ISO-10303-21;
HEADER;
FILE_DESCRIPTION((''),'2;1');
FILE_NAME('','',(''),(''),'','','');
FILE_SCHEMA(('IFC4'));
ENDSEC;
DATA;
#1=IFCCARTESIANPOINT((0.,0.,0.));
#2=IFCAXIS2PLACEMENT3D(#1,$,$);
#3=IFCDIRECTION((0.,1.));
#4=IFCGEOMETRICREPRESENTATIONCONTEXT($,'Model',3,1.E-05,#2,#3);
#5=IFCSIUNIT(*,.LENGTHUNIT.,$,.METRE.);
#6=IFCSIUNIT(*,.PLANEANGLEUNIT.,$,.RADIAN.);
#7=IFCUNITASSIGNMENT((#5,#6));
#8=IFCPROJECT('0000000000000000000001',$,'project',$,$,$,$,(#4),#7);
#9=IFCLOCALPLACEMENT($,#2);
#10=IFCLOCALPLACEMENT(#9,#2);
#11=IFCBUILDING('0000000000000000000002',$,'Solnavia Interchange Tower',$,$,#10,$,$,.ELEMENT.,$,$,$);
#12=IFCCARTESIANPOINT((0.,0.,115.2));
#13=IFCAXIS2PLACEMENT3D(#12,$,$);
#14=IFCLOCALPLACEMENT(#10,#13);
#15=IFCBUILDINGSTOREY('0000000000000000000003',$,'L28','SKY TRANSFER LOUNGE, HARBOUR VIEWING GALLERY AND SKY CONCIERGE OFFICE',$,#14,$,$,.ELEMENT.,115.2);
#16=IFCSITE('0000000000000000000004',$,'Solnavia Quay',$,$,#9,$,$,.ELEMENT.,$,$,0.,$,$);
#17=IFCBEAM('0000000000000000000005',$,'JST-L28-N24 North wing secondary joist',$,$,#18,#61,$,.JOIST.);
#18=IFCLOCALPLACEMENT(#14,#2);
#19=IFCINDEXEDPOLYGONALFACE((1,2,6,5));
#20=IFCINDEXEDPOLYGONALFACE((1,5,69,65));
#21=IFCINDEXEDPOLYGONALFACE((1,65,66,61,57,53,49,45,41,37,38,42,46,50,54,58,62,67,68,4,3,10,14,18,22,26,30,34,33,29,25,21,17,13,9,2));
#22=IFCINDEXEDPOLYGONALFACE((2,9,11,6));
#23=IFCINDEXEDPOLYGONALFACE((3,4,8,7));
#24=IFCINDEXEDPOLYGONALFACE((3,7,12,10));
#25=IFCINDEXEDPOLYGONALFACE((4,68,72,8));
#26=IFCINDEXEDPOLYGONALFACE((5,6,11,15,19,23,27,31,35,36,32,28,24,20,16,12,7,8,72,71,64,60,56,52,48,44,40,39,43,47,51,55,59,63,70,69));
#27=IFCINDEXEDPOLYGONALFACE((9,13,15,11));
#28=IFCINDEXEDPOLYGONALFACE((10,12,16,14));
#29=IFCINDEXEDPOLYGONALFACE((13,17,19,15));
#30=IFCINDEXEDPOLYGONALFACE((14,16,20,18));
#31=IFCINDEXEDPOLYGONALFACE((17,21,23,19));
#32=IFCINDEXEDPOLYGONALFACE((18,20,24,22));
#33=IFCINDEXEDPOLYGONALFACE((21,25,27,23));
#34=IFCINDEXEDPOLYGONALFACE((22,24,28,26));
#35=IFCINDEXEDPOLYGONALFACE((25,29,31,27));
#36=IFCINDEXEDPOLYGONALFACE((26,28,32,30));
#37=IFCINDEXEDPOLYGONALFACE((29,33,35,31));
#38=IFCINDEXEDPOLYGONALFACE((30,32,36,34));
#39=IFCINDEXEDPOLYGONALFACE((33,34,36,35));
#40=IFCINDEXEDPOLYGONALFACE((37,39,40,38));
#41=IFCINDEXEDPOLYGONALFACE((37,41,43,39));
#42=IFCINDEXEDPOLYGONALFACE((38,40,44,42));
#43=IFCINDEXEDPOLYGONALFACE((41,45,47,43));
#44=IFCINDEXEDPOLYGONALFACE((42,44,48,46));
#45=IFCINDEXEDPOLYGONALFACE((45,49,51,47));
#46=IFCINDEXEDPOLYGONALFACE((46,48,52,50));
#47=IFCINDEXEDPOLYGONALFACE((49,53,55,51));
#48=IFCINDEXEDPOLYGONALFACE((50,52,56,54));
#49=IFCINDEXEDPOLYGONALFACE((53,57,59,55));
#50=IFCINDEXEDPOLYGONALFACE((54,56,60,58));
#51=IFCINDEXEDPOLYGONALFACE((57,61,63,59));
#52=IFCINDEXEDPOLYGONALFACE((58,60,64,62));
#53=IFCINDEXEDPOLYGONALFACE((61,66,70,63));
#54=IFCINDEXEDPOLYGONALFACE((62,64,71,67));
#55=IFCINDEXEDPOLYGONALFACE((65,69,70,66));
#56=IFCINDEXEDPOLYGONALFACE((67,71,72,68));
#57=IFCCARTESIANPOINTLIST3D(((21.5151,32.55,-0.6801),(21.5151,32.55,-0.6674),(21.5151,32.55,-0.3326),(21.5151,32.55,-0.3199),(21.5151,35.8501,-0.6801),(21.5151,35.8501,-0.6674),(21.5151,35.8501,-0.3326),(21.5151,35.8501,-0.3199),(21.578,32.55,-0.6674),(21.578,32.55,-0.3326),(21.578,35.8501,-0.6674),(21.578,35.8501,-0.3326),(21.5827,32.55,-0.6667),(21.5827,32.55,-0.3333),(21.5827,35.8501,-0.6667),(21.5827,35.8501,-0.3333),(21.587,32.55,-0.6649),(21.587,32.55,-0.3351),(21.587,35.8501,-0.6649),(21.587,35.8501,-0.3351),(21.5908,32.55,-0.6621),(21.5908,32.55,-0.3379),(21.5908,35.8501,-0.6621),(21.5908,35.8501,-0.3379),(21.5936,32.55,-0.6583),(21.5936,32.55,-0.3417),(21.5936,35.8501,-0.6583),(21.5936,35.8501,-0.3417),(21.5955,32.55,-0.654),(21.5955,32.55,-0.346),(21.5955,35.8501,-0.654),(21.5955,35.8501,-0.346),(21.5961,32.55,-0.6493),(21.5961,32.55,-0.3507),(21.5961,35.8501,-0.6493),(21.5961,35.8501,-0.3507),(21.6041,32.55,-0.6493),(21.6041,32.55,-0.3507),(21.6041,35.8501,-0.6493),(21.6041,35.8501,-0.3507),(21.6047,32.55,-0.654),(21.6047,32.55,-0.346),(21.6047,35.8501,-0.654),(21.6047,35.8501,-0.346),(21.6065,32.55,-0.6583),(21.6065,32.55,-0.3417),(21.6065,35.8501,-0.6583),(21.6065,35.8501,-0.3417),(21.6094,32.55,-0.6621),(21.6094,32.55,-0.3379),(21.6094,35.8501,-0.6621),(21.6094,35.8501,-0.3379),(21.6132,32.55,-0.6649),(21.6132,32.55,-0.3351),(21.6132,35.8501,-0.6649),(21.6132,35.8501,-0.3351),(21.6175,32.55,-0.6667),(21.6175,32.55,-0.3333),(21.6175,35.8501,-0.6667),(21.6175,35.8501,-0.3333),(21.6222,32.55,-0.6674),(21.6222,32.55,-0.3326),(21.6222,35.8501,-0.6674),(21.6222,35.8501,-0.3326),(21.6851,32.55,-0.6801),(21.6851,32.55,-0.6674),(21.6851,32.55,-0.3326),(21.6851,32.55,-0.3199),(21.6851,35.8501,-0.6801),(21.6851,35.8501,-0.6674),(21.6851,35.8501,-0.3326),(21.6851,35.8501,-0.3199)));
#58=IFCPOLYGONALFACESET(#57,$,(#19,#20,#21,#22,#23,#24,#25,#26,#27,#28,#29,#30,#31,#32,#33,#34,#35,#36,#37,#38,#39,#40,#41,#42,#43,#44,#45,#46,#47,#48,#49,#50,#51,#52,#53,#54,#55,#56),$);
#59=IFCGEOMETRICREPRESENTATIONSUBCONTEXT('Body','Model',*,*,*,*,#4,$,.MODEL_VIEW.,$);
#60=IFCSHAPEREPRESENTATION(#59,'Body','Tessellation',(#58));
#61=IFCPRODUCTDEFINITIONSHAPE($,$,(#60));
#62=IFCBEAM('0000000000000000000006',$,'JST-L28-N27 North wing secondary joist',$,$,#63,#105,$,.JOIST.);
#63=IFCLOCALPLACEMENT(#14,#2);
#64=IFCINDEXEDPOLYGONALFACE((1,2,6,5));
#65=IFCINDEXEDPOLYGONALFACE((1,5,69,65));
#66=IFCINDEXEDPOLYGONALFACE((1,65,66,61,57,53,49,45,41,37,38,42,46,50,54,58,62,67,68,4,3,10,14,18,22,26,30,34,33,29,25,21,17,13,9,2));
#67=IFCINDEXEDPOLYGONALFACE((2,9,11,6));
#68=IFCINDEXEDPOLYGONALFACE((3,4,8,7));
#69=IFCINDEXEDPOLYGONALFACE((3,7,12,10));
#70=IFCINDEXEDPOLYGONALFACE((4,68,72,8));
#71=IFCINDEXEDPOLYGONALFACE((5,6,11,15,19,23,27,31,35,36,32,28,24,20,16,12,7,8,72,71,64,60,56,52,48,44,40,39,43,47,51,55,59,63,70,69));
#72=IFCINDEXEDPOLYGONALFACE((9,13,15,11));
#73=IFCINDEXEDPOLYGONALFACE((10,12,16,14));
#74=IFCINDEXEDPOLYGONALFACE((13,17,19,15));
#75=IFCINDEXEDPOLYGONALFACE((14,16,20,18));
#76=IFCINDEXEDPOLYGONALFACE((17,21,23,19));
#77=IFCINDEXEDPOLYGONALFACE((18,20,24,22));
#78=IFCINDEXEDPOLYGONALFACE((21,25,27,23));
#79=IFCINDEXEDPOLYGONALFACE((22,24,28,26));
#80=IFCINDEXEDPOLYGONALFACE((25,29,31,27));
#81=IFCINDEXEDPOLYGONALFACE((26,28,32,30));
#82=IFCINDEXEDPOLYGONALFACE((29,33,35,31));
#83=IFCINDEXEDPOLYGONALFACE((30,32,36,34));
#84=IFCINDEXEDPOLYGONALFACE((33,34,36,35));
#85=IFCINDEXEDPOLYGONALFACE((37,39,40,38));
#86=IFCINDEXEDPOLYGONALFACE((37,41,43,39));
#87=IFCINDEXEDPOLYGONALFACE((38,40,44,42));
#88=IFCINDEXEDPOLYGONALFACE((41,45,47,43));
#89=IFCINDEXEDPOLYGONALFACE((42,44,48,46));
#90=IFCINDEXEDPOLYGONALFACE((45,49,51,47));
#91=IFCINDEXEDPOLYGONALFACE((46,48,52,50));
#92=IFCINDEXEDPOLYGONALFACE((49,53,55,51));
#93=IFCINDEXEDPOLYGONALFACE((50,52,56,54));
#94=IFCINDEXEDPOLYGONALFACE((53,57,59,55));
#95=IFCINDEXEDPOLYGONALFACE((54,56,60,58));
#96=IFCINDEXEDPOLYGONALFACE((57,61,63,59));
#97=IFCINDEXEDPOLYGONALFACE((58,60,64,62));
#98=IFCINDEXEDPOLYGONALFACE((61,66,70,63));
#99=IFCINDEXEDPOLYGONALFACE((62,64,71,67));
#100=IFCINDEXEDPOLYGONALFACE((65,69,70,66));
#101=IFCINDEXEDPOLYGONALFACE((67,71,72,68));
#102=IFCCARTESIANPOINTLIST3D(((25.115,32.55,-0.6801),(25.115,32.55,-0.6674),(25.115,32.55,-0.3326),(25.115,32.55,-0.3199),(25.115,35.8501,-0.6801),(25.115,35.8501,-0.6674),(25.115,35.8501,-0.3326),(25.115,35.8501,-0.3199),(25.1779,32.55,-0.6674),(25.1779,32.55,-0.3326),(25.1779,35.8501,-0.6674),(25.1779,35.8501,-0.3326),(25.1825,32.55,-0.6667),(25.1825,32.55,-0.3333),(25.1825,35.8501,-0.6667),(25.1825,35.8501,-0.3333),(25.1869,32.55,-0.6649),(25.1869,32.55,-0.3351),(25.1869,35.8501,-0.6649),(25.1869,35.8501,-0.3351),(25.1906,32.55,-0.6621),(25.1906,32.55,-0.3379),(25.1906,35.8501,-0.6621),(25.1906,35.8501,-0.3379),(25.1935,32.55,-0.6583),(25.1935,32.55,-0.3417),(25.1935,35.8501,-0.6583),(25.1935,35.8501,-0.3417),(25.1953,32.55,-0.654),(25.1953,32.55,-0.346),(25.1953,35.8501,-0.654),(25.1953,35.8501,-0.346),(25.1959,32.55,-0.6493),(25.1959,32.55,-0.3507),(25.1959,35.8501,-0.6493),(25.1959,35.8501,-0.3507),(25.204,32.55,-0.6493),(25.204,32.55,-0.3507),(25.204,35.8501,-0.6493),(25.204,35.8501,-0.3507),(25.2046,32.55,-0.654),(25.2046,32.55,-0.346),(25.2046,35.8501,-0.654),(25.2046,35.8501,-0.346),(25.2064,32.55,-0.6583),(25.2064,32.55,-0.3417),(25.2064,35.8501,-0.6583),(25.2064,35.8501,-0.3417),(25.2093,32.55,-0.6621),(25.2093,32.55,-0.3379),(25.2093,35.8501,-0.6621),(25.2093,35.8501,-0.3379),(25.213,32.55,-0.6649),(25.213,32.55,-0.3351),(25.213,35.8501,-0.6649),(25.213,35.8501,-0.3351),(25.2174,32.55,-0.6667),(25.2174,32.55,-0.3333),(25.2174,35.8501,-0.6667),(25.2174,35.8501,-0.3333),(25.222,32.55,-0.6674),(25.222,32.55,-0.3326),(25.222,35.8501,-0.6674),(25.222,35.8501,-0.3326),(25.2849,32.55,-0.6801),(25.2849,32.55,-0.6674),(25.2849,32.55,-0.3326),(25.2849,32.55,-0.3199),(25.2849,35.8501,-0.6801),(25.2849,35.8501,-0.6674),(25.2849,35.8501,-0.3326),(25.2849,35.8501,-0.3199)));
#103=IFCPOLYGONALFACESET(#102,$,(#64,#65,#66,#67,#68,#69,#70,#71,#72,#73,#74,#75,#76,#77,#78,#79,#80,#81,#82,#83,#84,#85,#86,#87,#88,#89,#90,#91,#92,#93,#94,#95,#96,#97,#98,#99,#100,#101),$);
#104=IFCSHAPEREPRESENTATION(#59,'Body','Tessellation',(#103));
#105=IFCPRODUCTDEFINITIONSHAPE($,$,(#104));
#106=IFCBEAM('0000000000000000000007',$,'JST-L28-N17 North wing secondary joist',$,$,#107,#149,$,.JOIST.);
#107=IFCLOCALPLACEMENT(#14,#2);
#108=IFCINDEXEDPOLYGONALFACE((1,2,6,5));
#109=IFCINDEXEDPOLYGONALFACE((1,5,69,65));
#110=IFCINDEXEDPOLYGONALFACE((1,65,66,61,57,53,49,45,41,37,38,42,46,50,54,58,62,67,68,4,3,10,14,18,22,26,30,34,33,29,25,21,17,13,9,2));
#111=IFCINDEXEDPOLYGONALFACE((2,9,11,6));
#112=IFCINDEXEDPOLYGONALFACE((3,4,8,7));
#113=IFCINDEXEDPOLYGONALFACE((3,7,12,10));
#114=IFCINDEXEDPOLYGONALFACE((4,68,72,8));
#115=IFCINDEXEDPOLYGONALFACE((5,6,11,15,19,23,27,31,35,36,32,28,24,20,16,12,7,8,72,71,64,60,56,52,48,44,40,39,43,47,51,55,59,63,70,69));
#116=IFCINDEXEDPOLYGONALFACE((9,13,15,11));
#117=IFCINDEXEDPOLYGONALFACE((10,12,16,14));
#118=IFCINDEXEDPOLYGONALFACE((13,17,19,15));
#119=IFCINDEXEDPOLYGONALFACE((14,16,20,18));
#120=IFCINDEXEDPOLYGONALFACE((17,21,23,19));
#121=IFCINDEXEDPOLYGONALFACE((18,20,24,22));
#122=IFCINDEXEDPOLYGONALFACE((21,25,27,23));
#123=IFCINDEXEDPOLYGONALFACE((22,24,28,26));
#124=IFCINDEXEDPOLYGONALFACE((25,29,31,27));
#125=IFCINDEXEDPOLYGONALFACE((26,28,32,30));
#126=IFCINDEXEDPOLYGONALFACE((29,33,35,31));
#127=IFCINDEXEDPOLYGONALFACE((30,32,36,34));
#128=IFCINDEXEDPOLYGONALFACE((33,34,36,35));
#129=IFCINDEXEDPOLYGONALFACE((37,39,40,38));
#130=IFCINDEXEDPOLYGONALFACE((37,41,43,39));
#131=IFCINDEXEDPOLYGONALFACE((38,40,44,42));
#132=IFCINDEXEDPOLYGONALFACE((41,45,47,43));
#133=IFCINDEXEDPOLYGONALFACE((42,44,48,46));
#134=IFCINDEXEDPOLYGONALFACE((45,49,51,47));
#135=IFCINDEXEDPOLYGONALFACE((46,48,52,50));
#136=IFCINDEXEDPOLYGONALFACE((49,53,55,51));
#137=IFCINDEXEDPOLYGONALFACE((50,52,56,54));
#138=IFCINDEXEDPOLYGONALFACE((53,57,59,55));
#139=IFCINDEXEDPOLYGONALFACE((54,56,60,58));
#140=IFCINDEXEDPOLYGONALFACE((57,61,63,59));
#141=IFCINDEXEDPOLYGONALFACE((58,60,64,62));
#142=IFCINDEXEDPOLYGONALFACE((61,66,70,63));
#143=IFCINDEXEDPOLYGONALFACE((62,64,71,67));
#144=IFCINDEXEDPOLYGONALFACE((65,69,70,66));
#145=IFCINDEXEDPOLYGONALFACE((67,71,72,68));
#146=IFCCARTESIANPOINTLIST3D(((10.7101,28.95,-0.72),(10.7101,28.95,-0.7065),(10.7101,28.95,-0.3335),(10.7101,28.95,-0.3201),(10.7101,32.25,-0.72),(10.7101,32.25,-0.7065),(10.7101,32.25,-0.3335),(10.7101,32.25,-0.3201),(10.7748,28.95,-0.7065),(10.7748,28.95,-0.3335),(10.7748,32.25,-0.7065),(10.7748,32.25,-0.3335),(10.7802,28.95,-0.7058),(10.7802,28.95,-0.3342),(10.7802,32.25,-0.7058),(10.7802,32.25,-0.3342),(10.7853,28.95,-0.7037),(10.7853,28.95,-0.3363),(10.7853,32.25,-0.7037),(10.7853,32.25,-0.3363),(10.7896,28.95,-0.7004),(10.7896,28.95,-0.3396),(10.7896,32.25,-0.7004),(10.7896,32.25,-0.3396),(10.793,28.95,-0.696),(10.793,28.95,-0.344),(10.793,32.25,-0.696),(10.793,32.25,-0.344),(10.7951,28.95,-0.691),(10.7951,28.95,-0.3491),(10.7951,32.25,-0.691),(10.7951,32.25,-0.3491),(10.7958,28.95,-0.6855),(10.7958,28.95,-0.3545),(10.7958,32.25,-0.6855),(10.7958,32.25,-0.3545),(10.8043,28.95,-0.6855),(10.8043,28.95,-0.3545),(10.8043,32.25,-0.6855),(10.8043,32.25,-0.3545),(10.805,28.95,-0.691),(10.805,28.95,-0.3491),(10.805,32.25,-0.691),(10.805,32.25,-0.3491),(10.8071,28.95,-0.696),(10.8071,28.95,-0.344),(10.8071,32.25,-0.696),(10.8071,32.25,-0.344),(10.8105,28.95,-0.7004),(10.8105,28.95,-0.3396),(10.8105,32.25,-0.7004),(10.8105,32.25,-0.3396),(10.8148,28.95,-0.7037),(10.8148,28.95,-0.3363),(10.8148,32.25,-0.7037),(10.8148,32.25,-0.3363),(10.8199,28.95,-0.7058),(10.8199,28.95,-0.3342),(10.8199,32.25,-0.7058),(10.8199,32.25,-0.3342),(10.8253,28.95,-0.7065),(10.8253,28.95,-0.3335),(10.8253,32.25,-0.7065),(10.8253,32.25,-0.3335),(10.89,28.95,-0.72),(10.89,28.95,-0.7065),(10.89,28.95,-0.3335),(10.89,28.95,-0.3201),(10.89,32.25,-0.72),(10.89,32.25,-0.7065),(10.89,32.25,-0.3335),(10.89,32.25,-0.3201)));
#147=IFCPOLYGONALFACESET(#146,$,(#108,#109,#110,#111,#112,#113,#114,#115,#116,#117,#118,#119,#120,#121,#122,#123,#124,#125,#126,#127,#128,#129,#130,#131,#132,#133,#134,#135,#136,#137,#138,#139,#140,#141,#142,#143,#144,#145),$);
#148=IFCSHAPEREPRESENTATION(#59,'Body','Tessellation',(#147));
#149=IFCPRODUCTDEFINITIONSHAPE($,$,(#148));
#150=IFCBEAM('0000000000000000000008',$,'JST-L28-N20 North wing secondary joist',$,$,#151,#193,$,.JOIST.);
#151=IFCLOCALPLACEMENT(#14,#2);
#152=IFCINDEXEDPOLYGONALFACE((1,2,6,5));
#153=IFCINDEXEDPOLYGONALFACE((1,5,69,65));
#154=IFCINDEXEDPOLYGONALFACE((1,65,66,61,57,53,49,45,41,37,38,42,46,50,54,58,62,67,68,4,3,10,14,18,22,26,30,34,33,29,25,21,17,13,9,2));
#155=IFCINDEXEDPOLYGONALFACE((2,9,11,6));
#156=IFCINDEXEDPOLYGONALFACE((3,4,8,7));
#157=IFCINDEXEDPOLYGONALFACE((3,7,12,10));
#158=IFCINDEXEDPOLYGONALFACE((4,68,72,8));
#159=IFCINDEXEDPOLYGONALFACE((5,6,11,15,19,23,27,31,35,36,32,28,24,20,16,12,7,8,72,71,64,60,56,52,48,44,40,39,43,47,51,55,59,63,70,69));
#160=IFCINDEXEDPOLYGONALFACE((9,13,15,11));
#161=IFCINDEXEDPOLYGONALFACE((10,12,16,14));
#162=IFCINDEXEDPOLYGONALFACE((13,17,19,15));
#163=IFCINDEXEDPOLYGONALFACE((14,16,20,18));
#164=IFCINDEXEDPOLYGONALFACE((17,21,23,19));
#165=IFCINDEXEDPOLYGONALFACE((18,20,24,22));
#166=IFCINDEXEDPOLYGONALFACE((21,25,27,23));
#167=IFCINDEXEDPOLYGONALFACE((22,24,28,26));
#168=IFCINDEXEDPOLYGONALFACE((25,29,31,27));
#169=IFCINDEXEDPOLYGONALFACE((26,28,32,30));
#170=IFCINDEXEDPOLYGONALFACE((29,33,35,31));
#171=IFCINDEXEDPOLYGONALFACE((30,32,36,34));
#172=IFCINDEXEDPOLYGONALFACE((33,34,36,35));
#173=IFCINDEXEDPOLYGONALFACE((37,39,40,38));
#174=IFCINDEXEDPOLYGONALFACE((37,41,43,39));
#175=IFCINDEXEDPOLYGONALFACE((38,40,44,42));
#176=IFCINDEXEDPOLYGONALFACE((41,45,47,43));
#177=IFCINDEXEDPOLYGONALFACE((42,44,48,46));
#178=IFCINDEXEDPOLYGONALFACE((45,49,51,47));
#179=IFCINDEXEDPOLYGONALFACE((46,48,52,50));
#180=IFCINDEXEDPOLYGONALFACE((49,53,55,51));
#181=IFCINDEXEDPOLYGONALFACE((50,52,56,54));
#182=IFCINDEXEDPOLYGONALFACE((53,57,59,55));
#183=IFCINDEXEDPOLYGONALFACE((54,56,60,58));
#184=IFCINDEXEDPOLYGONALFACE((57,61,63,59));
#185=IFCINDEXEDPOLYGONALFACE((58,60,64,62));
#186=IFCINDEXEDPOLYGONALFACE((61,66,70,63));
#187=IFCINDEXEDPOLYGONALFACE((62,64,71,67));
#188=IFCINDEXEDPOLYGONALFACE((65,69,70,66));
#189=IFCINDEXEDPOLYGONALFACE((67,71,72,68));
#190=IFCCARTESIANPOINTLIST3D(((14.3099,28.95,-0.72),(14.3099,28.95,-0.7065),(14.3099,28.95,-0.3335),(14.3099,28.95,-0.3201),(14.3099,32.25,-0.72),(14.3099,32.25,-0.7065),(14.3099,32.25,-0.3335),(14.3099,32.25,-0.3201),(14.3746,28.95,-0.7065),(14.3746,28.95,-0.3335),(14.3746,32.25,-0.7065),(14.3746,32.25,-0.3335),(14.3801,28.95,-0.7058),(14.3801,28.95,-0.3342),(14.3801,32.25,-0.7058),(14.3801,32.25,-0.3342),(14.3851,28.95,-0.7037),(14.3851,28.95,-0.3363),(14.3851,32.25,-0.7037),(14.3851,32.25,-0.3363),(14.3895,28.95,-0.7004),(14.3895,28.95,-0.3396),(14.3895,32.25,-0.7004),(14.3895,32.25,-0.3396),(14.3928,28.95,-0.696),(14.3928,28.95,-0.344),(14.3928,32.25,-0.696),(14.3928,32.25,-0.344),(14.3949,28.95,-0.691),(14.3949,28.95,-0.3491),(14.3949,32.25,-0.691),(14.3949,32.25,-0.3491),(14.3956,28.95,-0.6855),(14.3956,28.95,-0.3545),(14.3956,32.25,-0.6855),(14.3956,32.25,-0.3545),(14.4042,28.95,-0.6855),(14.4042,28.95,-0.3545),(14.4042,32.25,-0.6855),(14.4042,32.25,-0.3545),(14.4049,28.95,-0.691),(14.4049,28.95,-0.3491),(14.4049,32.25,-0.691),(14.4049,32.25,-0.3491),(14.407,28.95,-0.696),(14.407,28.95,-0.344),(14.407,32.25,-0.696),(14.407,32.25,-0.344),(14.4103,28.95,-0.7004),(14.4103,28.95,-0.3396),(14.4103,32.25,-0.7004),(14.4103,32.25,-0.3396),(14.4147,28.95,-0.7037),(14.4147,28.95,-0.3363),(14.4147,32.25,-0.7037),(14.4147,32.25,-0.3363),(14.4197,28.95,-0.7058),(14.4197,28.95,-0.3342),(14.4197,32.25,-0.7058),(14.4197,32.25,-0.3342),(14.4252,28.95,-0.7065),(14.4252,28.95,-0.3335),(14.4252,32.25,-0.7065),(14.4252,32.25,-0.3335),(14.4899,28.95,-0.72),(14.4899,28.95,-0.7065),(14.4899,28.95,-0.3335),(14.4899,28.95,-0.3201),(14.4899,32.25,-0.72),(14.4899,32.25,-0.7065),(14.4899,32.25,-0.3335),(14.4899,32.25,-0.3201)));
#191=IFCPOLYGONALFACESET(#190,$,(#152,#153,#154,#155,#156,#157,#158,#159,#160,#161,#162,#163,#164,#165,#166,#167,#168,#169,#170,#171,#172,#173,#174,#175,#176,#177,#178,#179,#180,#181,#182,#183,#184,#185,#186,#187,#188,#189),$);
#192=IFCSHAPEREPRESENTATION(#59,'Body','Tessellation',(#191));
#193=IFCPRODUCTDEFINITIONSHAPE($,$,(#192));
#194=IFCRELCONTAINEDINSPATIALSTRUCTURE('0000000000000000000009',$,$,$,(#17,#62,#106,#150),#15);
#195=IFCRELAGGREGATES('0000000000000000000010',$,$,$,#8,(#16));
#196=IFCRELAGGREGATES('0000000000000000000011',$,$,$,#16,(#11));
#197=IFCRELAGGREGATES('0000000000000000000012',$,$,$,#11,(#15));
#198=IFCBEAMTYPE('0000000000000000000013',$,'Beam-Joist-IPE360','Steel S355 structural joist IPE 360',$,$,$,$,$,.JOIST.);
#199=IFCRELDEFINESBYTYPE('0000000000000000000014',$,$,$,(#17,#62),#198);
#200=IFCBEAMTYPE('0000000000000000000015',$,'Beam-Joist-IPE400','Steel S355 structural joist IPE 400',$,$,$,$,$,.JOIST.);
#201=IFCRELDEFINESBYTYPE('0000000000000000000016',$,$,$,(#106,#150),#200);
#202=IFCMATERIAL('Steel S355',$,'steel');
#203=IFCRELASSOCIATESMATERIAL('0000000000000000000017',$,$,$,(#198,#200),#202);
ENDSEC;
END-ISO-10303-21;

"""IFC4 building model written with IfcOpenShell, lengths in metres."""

from ifc_helpers import new_model, si_unit, direction, frame, origin, origin_2d, place, context, subcontext, project, spatial, i_section, extrude, material, material_profile, profile_set, type_object, element, save


model = new_model("IFC4")

# Units and contexts
model_context = context("Model", 3, precision=1e-05, world=origin(), true_north=direction((0.0, 1.0)))
body_context = subcontext(model_context, "Body", "Model", "MODEL_VIEW")
ifc_project = project(units=[si_unit("LENGTHUNIT", "METRE"), si_unit("PLANEANGLEUNIT", "RADIAN")], contexts=[model_context])

# Site, building, storey
site_placement = place(None, origin())
site = spatial("IfcSite", under=ifc_project, at=site_placement, Name="Solnavia Quay", CompositionType="ELEMENT", RefElevation=0.0)
building_placement = place(site_placement, origin())
building = spatial("IfcBuilding", under=site, at=building_placement, Name="Solnavia Interchange Tower", CompositionType="ELEMENT")
storey_placement = place(building_placement, frame((0.0, 0.0, 115.2)))
storey = spatial("IfcBuildingStorey", under=building, at=storey_placement, Name="L28", Description="SKY TRANSFER LOUNGE, HARBOUR VIEWING GALLERY AND SKY CONCIERGE OFFICE", CompositionType="ELEMENT", Elevation=115.2)

# Shared definitions
ifc_material_1 = material(Name="Steel S355", Category="steel")

# Beams
ifc_material_profile_1 = material_profile(ifc_material_1, i_section(OverallWidth=0.1699, OverallDepth=0.3601, WebThickness=0.0081, FlangeThickness=0.0127, FilletRadius=0.0181, at=origin_2d()), Name="IPE 360")
ifc_profile_set_1 = profile_set([ifc_material_profile_1], Name="Steel S355")
beam_type_1 = type_object("IfcBeamType", Name="Beam-Joist-IPE360", Description="Steel S355 structural joist IPE 360", PredefinedType="JOIST", material=ifc_profile_set_1)
for number, where, z_axis, x_axis, name in (
    (1, (21.6001, 32.55, -0.5), (0.0, 1.0, 0.0), (-1.0, 0.0, 0.0), "JST-L28-N24 North wing secondary joist"),
    (2, (25.2, 32.55, -0.5), (0.0, 1.0, 0.0), (-1.0, 0.0, 0.0), "JST-L28-N27 North wing secondary joist"),
):
    element("IfcBeam", number, at=place(storey_placement, frame(where, z_axis=z_axis, x_axis=x_axis)), inside=storey, type_object=beam_type_1, Name=name, PredefinedType="JOIST", context=body_context, shape_type="SweptSolid", body=[
        extrude(i_section(OverallWidth=0.1699, OverallDepth=0.3601, WebThickness=0.0081, FlangeThickness=0.0127, FilletRadius=0.0181, at=origin_2d()), origin(), (0.0, 0.0, 1.0), 3.3),
    ])
ifc_material_profile_2 = material_profile(ifc_material_1, i_section(OverallWidth=0.1799, OverallDepth=0.3999, WebThickness=0.0085, FlangeThickness=0.0134, FilletRadius=0.021, at=origin_2d()), Name="IPE 400")
ifc_profile_set_2 = profile_set([ifc_material_profile_2], Name="Steel S355")
beam_type_2 = type_object("IfcBeamType", Name="Beam-Joist-IPE400", Description="Steel S355 structural joist IPE 400", PredefinedType="JOIST", material=ifc_profile_set_2)
for number, where, z_axis, x_axis, name in (
    (3, (10.8, 28.95, -0.52), (0.0, 1.0, 0.0), (-1.0, 0.0, 0.0), "JST-L28-N17 North wing secondary joist"),
    (4, (14.3999, 28.95, -0.52), (0.0, 1.0, 0.0), (-1.0, 0.0, 0.0), "JST-L28-N20 North wing secondary joist"),
):
    element("IfcBeam", number, at=place(storey_placement, frame(where, z_axis=z_axis, x_axis=x_axis)), inside=storey, type_object=beam_type_2, Name=name, PredefinedType="JOIST", context=body_context, shape_type="SweptSolid", body=[
        extrude(i_section(OverallWidth=0.1799, OverallDepth=0.3999, WebThickness=0.0085, FlangeThickness=0.0134, FilletRadius=0.021, at=origin_2d()), origin(), (0.0, 0.0, 1.0), 3.3),
    ])

save(model, "model.ifc")
